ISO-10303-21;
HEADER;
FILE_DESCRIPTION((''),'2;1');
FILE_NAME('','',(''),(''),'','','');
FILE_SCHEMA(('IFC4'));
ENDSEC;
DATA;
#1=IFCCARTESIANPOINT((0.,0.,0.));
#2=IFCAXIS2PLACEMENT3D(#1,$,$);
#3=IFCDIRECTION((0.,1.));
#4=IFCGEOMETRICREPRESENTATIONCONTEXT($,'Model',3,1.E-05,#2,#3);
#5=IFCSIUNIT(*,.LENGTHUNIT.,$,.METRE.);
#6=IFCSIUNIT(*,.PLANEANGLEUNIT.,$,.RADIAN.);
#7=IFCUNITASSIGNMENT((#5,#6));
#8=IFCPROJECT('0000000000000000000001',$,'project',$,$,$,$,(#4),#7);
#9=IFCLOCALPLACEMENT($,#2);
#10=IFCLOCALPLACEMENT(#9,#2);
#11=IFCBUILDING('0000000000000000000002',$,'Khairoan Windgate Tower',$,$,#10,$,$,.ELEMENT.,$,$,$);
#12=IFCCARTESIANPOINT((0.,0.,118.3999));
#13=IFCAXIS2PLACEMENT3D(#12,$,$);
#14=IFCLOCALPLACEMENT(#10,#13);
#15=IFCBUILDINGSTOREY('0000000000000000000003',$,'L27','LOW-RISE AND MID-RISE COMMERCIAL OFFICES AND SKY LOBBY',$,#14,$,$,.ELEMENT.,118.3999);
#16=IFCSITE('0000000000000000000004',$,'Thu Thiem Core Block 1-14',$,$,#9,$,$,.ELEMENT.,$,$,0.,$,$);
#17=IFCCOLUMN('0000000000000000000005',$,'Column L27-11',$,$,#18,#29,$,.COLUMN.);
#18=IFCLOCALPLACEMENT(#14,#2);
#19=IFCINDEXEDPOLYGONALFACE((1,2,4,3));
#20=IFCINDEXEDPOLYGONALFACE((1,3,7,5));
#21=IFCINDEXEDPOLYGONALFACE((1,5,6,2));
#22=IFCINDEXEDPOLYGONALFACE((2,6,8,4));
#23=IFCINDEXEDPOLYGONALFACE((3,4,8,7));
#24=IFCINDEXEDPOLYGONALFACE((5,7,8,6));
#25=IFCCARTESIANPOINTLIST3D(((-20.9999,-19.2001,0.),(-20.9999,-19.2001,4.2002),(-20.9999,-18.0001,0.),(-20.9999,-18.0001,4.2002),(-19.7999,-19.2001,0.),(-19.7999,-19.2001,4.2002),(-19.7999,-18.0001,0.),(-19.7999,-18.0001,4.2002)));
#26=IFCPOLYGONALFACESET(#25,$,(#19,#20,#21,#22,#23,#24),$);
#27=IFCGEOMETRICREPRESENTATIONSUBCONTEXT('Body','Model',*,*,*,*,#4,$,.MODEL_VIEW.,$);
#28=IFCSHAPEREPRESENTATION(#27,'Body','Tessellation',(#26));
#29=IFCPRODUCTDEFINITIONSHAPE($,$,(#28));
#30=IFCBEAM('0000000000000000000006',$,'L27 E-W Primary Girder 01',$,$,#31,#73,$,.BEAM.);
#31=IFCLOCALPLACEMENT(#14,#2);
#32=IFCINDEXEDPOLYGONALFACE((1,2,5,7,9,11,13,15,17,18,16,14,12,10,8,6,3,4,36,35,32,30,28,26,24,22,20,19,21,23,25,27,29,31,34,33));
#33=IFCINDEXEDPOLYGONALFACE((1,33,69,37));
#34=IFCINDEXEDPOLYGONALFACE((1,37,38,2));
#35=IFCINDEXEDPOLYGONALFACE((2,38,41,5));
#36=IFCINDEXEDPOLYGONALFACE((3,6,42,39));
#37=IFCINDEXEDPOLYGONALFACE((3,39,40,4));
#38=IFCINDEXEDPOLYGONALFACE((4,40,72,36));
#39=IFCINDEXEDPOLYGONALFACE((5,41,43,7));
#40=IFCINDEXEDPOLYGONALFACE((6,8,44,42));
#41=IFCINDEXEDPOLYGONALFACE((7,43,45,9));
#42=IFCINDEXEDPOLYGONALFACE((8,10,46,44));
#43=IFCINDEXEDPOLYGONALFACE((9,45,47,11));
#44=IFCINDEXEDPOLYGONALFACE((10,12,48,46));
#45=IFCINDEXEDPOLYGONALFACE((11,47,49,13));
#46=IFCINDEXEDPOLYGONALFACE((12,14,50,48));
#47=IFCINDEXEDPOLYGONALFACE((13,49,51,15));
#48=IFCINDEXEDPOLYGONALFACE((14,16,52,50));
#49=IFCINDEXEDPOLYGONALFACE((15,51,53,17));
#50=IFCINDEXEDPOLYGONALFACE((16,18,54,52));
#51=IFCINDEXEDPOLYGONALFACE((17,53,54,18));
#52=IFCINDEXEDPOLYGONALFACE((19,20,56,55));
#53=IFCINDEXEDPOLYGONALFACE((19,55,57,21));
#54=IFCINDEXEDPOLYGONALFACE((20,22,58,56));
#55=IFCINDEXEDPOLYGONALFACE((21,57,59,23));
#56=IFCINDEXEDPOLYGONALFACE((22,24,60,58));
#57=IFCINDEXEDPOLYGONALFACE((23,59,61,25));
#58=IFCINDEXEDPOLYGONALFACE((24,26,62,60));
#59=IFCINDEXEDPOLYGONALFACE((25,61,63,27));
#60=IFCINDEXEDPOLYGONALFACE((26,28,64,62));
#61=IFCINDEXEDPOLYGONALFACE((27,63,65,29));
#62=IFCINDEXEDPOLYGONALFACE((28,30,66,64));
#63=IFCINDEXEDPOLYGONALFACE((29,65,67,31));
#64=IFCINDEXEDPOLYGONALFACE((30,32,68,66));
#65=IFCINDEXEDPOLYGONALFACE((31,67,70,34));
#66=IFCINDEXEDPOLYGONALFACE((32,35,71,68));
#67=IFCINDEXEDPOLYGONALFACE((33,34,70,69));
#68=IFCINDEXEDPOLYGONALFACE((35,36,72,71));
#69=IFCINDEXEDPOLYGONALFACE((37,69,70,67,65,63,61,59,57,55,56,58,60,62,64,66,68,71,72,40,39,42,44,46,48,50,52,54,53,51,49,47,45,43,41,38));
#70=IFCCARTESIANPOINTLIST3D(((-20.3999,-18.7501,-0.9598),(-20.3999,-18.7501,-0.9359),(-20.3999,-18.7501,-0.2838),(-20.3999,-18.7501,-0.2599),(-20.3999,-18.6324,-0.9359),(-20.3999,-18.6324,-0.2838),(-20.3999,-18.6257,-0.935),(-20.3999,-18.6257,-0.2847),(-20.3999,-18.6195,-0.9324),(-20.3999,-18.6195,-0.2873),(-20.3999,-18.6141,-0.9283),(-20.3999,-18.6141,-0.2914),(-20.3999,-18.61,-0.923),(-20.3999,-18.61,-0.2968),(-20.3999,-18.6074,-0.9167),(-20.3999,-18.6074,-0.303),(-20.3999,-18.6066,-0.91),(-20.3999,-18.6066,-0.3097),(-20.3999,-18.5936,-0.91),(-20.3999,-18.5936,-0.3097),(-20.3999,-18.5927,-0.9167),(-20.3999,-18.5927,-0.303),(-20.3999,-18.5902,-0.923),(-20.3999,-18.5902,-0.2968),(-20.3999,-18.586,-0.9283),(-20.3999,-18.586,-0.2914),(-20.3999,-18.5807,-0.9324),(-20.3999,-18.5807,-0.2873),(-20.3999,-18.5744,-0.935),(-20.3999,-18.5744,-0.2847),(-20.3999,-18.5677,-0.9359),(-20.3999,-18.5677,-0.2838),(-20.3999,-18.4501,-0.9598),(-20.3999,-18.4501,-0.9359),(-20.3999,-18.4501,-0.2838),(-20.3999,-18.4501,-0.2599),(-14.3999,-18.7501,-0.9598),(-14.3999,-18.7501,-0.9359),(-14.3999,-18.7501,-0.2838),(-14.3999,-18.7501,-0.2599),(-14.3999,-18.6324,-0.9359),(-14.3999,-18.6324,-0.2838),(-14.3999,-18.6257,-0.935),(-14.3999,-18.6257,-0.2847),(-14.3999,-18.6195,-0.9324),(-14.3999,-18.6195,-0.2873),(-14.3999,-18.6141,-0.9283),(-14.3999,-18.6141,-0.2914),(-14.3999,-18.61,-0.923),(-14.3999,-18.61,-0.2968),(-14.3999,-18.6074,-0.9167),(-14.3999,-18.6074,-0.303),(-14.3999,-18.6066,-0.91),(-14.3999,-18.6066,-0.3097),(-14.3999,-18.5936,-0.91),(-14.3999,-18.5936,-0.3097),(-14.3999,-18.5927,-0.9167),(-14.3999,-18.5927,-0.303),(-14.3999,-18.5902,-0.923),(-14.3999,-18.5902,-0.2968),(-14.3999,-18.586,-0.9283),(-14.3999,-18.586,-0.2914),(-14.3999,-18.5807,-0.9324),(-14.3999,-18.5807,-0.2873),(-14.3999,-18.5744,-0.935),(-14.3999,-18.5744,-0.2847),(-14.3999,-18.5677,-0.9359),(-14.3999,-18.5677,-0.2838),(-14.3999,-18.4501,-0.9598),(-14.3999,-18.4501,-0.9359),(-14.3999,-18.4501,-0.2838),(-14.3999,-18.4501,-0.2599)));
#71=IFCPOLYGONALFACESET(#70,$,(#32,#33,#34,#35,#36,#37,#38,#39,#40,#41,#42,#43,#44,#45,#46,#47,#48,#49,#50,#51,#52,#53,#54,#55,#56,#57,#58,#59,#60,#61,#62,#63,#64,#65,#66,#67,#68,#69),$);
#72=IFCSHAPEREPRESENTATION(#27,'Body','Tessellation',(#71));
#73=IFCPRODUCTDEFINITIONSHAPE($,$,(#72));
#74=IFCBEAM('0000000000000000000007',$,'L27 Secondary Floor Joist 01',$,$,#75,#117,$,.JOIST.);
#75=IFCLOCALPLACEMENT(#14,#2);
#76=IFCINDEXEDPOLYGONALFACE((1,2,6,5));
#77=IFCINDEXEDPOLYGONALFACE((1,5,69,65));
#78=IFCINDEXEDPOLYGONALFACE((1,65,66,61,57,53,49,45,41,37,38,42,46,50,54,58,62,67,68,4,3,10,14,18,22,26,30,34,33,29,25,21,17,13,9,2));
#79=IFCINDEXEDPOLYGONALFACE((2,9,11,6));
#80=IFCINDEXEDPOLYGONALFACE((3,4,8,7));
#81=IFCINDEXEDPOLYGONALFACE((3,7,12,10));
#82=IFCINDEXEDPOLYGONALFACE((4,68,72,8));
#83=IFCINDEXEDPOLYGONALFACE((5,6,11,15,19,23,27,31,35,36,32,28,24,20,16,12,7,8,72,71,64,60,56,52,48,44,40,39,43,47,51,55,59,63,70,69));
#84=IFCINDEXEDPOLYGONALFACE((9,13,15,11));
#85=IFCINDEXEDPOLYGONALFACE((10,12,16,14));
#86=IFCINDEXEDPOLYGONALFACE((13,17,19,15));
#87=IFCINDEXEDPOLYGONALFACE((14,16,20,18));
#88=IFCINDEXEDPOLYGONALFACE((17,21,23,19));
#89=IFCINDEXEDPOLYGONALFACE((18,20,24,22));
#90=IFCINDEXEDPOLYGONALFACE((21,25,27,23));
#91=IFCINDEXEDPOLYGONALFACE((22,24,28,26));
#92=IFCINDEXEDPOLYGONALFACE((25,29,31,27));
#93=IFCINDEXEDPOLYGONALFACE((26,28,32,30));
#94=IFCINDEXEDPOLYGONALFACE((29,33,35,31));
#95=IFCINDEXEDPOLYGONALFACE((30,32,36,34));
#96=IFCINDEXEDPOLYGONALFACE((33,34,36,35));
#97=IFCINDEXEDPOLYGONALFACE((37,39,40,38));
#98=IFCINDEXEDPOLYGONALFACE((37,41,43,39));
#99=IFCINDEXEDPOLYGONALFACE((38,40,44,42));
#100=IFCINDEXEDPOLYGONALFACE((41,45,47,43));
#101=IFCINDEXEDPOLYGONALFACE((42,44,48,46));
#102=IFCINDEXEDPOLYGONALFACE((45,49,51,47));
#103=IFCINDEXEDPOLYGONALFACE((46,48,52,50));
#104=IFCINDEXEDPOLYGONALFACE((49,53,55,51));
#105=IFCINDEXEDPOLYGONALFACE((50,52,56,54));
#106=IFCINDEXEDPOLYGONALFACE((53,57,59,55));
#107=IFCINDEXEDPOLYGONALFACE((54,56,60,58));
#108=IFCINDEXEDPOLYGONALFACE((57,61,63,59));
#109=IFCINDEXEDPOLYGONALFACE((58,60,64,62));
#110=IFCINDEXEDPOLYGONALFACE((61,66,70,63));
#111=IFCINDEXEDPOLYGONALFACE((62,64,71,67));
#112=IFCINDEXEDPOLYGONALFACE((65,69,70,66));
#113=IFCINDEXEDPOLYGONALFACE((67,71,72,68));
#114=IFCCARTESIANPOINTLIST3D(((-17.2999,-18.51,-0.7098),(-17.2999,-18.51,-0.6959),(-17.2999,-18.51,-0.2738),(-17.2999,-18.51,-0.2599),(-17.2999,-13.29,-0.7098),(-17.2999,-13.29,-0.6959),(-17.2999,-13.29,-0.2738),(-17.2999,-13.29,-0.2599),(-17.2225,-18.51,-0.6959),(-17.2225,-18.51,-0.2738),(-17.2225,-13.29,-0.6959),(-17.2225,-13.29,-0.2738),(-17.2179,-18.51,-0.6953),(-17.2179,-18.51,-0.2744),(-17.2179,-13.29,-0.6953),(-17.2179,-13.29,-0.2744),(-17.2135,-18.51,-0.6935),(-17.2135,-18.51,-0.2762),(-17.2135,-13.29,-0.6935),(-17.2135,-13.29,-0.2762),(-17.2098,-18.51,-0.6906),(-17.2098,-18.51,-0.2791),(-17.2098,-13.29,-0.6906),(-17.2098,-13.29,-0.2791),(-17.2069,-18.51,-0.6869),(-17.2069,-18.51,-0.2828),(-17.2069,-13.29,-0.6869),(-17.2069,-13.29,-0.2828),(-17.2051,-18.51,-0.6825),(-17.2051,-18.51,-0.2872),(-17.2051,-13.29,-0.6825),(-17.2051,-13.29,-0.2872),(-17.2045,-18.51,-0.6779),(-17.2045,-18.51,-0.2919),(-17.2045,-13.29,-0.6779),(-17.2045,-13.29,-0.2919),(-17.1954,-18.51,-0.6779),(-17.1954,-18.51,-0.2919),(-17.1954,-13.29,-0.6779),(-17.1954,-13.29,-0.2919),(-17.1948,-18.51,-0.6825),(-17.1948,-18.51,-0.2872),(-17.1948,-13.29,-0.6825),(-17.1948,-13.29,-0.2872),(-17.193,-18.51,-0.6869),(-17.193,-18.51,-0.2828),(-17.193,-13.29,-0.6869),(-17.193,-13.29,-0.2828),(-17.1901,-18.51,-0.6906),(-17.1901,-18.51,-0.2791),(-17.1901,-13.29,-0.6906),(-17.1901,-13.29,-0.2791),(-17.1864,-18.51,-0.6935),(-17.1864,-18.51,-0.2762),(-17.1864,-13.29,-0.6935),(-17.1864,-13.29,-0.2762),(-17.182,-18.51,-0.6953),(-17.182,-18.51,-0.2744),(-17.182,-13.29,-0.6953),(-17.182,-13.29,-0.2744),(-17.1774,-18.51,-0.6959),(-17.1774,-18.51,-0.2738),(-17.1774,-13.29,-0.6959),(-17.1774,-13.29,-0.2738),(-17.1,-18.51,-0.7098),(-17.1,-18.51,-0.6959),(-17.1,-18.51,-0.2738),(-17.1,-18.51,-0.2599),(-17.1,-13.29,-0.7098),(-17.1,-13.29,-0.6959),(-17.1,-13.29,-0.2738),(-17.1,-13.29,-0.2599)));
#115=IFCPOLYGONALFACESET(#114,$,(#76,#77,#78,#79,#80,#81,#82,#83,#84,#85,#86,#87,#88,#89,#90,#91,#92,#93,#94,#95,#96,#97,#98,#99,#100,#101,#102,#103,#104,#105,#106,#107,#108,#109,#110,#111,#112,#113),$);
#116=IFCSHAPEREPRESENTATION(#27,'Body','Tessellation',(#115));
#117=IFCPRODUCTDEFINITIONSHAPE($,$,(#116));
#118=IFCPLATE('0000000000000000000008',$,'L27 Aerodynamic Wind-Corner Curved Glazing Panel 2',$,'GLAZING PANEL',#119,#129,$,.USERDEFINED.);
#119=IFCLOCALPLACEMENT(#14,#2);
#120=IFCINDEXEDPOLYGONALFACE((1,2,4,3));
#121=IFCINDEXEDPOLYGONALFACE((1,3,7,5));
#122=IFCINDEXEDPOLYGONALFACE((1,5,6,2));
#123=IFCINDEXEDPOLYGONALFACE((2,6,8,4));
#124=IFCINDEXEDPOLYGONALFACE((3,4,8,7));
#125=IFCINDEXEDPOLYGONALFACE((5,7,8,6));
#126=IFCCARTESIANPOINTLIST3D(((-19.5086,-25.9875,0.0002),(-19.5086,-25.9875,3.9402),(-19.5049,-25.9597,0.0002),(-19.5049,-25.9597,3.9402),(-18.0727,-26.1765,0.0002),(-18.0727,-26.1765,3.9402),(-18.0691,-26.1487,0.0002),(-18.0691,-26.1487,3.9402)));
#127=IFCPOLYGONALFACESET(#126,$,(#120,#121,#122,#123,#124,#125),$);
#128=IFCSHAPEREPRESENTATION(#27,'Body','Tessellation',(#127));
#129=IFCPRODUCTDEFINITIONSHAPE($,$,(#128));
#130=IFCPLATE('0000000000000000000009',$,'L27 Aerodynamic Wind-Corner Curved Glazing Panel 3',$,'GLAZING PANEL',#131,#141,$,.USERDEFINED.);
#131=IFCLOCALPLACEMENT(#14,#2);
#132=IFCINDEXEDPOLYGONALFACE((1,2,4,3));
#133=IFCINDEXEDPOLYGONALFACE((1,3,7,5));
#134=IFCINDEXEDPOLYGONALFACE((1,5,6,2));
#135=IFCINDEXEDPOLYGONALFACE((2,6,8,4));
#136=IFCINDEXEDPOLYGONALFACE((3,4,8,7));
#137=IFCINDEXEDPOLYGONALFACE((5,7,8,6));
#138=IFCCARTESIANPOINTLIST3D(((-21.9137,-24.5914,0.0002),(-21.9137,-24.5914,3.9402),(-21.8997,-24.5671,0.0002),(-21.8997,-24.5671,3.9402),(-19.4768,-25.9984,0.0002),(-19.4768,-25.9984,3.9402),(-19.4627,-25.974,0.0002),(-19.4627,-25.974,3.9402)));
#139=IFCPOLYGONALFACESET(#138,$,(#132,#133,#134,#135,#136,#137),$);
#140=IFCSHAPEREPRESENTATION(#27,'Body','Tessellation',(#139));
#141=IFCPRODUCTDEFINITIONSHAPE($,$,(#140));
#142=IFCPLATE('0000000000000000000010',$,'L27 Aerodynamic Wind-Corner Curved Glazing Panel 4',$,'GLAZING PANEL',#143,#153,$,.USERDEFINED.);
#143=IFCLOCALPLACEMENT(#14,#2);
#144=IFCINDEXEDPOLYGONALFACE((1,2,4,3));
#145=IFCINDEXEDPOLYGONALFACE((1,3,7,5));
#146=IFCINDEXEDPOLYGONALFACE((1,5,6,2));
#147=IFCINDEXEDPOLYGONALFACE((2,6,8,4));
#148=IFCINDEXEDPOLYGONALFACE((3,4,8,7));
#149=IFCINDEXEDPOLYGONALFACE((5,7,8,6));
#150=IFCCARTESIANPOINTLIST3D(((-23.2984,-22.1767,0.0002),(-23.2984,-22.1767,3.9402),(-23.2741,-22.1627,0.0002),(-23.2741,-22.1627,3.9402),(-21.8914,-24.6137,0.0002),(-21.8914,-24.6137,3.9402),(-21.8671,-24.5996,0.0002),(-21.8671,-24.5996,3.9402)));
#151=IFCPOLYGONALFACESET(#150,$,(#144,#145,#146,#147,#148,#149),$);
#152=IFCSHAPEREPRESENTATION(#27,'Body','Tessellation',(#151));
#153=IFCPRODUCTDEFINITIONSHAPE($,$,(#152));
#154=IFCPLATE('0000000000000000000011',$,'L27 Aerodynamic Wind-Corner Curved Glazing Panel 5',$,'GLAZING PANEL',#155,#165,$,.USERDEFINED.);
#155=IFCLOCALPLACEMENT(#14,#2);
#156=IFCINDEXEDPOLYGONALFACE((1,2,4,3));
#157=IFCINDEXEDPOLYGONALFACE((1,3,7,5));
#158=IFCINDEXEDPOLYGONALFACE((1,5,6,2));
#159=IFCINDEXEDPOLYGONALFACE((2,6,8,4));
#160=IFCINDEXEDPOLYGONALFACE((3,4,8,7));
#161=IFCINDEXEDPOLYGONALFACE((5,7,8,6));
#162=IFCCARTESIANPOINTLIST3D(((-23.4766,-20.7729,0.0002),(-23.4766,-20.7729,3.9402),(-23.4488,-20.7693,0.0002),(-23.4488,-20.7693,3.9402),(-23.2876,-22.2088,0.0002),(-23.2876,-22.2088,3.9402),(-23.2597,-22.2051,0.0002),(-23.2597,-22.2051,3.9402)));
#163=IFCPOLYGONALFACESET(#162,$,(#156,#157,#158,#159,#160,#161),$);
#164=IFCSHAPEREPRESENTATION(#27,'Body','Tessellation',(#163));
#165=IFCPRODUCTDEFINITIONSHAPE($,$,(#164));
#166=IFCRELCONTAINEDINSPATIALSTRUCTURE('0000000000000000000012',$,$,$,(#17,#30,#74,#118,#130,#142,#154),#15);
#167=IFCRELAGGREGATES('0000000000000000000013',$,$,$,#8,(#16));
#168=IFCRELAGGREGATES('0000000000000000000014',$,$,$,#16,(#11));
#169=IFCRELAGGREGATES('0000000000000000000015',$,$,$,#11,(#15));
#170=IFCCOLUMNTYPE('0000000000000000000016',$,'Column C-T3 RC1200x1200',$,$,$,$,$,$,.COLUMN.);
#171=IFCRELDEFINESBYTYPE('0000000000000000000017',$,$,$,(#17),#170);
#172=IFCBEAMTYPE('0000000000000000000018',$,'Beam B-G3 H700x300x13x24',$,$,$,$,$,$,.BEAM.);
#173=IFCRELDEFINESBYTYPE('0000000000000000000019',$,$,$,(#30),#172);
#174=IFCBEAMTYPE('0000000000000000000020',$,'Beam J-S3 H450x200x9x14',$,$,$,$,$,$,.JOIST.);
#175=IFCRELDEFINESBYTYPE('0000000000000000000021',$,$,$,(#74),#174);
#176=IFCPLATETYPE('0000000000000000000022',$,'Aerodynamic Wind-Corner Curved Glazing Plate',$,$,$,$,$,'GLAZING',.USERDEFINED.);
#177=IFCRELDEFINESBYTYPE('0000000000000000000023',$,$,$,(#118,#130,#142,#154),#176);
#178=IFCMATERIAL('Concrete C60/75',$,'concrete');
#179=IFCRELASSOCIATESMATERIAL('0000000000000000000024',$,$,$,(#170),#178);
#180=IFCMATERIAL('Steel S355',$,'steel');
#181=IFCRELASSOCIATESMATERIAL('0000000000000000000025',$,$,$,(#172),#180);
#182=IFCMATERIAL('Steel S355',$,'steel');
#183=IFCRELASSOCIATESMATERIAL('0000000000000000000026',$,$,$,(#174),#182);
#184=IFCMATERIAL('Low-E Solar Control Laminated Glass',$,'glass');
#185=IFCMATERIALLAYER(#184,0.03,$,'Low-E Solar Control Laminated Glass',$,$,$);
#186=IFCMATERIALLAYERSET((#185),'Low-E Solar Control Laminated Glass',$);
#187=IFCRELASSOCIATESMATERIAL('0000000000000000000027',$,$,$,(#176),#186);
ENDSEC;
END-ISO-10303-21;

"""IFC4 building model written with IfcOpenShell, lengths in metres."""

from ifc_helpers import new_model, si_unit, direction, frame, origin, origin_2d, place, context, subcontext, project, spatial, rectangle, i_section, extrude, material, layer, layer_set, material_profile, profile_set, type_object, element, save


model = new_model("IFC4")

# Units and contexts
model_context = context("Model", 3, precision=1e-05, world=origin(), true_north=direction((0.0, 1.0)))
body_context = subcontext(model_context, "Body", "Model", "MODEL_VIEW")
ifc_project = project(units=[si_unit("LENGTHUNIT", "METRE"), si_unit("PLANEANGLEUNIT", "RADIAN")], contexts=[model_context])

# Site, building, storey
site_placement = place(None, origin())
site = spatial("IfcSite", under=ifc_project, at=site_placement, Name="Thu Thiem Core Block 1-14", CompositionType="ELEMENT", RefElevation=0.0)
building_placement = place(site_placement, origin())
building = spatial("IfcBuilding", under=site, at=building_placement, Name="Khairoan Windgate Tower", CompositionType="ELEMENT")
storey_placement = place(building_placement, frame((0.0, 0.0, 118.3999)))
storey = spatial("IfcBuildingStorey", under=building, at=storey_placement, Name="L27", Description="LOW-RISE AND MID-RISE COMMERCIAL OFFICES AND SKY LOBBY", CompositionType="ELEMENT", Elevation=118.3999)

# Column
ifc_material_1 = material(Name="Concrete C60/75", Category="concrete")
ifc_material_profile_1 = material_profile(ifc_material_1, rectangle(XDim=1.2, YDim=1.2, at=origin_2d()))
ifc_profile_set_1 = profile_set([ifc_material_profile_1], Name="Concrete C60/75")
column_type = type_object("IfcColumnType", Name="Column C-T3 RC1200x1200", PredefinedType="COLUMN", material=ifc_profile_set_1)
column_placement = place(storey_placement, frame((-20.3999, -18.6001, 0.0), z_axis=(0.0, 0.0, 1.0), x_axis=(1.0, 0.0, 0.0)))
element("IfcColumn", 1, at=column_placement, inside=storey, type_object=column_type, Name="Column L27-11", PredefinedType="COLUMN", context=body_context, shape_type="SweptSolid", body=[
    extrude(rectangle(XDim=1.2, YDim=1.2, at=origin_2d()), origin(), (0.0, 0.0, 1.0), 4.2002),
])

# Beams
ifc_material_2 = material(Name="Steel S355", Category="steel")
ifc_material_profile_2 = material_profile(ifc_material_2, i_section(OverallWidth=0.3, OverallDepth=0.7, WebThickness=0.0129, FlangeThickness=0.0239, FilletRadius=0.0259, at=origin_2d()))
ifc_profile_set_2 = profile_set([ifc_material_profile_2], Name="Steel S355")
beam_type_1 = type_object("IfcBeamType", Name="Beam B-G3 H700x300x13x24", PredefinedType="BEAM", material=ifc_profile_set_2)
beam_1_placement = place(storey_placement, frame((-20.3999, -18.6001, -0.6099), z_axis=(1.0, 0.0, 0.0), x_axis=(0.0, 1.0, 0.0)))
element("IfcBeam", 2, at=beam_1_placement, inside=storey, type_object=beam_type_1, Name="L27 E-W Primary Girder 01", PredefinedType="BEAM", context=body_context, shape_type="SweptSolid", body=[
    extrude(i_section(OverallWidth=0.3, OverallDepth=0.7, WebThickness=0.0129, FlangeThickness=0.0239, FilletRadius=0.0259, at=origin_2d()), origin(), (0.0, 0.0, 1.0), 6.0),
])
ifc_material_3 = material(Name="Steel S355", Category="steel")
ifc_material_profile_3 = material_profile(ifc_material_3, i_section(OverallWidth=0.2, OverallDepth=0.45, WebThickness=0.009, FlangeThickness=0.0139, FilletRadius=0.0181, at=origin_2d()))
ifc_profile_set_3 = profile_set([ifc_material_profile_3], Name="Steel S355")
beam_type_2 = type_object("IfcBeamType", Name="Beam J-S3 H450x200x9x14", PredefinedType="JOIST", material=ifc_profile_set_3)
beam_2_placement = place(storey_placement, frame((-17.2, -18.51, -0.4849), z_axis=(0.0, 1.0, 0.0), x_axis=(-1.0, 0.0, 0.0)))
element("IfcBeam", 3, at=beam_2_placement, inside=storey, type_object=beam_type_2, Name="L27 Secondary Floor Joist 01", PredefinedType="JOIST", context=body_context, shape_type="SweptSolid", body=[
    extrude(i_section(OverallWidth=0.2, OverallDepth=0.45, WebThickness=0.009, FlangeThickness=0.0139, FilletRadius=0.0181, at=origin_2d()), origin(), (0.0, 0.0, 1.0), 5.22),
])

# Plates
ifc_material_4 = material(Name="Low-E Solar Control Laminated Glass", Category="glass")
ifc_layer_1 = layer(ifc_material_4, 0.03, Name="Low-E Solar Control Laminated Glass")
ifc_layer_set_1 = layer_set([ifc_layer_1], Name="Low-E Solar Control Laminated Glass")
plate_type_1 = type_object("IfcPlateType", Name="Aerodynamic Wind-Corner Curved Glazing Plate", ElementType="GLAZING", PredefinedType="USERDEFINED", material=ifc_layer_set_1)
plate_1_placement = place(storey_placement, frame((-18.7888, -26.0681, 0.0002), z_axis=(0.0, 0.0, 1.0), x_axis=(-0.991445, 0.130526, 0.0)))
element("IfcPlate", 4, at=plate_1_placement, inside=storey, type_object=plate_type_1, Name="L27 Aerodynamic Wind-Corner Curved Glazing Panel 2", ObjectType="GLAZING PANEL", PredefinedType="USERDEFINED", context=body_context, shape_type="SweptSolid", body=[
    extrude(rectangle(XDim=1.4482, YDim=0.0281, at=origin_2d()), origin(), (0.0, 0.0, 1.0), 3.9399),
])
for number, where, z_axis, x_axis, name in (
    (5, (-20.6882, -25.2827, 0.0002), (0.0, 0.0, 1.0), (-0.866025, 0.5, 0.0), "L27 Aerodynamic Wind-Corner Curved Glazing Panel 3"),
    (6, (-22.5828, -23.3882, 0.0002), (0.0, 0.0, 1.0), (-0.5, 0.866025, 0.0), "L27 Aerodynamic Wind-Corner Curved Glazing Panel 4"),
):
    element("IfcPlate", number, at=place(storey_placement, frame(where, z_axis=z_axis, x_axis=x_axis)), inside=storey, type_object=plate_type_1, Name=name, ObjectType="GLAZING PANEL", PredefinedType="USERDEFINED", context=body_context, shape_type="SweptSolid", body=[
        extrude(rectangle(XDim=2.814, YDim=0.0281, at=origin_2d()), origin(), (0.0, 0.0, 1.0), 3.9399),
    ])
plate_2_placement = place(storey_placement, frame((-23.3682, -21.489, 0.0002), z_axis=(0.0, 0.0, 1.0), x_axis=(-0.130526, 0.991445, 0.0)))
element("IfcPlate", 7, at=plate_2_placement, inside=storey, type_object=plate_type_1, Name="L27 Aerodynamic Wind-Corner Curved Glazing Panel 5", ObjectType="GLAZING PANEL", PredefinedType="USERDEFINED", context=body_context, shape_type="SweptSolid", body=[
    extrude(rectangle(XDim=1.4482, YDim=0.0281, at=origin_2d()), origin(), (0.0, 0.0, 1.0), 3.9399),
])

save(model, "model.ifc")
